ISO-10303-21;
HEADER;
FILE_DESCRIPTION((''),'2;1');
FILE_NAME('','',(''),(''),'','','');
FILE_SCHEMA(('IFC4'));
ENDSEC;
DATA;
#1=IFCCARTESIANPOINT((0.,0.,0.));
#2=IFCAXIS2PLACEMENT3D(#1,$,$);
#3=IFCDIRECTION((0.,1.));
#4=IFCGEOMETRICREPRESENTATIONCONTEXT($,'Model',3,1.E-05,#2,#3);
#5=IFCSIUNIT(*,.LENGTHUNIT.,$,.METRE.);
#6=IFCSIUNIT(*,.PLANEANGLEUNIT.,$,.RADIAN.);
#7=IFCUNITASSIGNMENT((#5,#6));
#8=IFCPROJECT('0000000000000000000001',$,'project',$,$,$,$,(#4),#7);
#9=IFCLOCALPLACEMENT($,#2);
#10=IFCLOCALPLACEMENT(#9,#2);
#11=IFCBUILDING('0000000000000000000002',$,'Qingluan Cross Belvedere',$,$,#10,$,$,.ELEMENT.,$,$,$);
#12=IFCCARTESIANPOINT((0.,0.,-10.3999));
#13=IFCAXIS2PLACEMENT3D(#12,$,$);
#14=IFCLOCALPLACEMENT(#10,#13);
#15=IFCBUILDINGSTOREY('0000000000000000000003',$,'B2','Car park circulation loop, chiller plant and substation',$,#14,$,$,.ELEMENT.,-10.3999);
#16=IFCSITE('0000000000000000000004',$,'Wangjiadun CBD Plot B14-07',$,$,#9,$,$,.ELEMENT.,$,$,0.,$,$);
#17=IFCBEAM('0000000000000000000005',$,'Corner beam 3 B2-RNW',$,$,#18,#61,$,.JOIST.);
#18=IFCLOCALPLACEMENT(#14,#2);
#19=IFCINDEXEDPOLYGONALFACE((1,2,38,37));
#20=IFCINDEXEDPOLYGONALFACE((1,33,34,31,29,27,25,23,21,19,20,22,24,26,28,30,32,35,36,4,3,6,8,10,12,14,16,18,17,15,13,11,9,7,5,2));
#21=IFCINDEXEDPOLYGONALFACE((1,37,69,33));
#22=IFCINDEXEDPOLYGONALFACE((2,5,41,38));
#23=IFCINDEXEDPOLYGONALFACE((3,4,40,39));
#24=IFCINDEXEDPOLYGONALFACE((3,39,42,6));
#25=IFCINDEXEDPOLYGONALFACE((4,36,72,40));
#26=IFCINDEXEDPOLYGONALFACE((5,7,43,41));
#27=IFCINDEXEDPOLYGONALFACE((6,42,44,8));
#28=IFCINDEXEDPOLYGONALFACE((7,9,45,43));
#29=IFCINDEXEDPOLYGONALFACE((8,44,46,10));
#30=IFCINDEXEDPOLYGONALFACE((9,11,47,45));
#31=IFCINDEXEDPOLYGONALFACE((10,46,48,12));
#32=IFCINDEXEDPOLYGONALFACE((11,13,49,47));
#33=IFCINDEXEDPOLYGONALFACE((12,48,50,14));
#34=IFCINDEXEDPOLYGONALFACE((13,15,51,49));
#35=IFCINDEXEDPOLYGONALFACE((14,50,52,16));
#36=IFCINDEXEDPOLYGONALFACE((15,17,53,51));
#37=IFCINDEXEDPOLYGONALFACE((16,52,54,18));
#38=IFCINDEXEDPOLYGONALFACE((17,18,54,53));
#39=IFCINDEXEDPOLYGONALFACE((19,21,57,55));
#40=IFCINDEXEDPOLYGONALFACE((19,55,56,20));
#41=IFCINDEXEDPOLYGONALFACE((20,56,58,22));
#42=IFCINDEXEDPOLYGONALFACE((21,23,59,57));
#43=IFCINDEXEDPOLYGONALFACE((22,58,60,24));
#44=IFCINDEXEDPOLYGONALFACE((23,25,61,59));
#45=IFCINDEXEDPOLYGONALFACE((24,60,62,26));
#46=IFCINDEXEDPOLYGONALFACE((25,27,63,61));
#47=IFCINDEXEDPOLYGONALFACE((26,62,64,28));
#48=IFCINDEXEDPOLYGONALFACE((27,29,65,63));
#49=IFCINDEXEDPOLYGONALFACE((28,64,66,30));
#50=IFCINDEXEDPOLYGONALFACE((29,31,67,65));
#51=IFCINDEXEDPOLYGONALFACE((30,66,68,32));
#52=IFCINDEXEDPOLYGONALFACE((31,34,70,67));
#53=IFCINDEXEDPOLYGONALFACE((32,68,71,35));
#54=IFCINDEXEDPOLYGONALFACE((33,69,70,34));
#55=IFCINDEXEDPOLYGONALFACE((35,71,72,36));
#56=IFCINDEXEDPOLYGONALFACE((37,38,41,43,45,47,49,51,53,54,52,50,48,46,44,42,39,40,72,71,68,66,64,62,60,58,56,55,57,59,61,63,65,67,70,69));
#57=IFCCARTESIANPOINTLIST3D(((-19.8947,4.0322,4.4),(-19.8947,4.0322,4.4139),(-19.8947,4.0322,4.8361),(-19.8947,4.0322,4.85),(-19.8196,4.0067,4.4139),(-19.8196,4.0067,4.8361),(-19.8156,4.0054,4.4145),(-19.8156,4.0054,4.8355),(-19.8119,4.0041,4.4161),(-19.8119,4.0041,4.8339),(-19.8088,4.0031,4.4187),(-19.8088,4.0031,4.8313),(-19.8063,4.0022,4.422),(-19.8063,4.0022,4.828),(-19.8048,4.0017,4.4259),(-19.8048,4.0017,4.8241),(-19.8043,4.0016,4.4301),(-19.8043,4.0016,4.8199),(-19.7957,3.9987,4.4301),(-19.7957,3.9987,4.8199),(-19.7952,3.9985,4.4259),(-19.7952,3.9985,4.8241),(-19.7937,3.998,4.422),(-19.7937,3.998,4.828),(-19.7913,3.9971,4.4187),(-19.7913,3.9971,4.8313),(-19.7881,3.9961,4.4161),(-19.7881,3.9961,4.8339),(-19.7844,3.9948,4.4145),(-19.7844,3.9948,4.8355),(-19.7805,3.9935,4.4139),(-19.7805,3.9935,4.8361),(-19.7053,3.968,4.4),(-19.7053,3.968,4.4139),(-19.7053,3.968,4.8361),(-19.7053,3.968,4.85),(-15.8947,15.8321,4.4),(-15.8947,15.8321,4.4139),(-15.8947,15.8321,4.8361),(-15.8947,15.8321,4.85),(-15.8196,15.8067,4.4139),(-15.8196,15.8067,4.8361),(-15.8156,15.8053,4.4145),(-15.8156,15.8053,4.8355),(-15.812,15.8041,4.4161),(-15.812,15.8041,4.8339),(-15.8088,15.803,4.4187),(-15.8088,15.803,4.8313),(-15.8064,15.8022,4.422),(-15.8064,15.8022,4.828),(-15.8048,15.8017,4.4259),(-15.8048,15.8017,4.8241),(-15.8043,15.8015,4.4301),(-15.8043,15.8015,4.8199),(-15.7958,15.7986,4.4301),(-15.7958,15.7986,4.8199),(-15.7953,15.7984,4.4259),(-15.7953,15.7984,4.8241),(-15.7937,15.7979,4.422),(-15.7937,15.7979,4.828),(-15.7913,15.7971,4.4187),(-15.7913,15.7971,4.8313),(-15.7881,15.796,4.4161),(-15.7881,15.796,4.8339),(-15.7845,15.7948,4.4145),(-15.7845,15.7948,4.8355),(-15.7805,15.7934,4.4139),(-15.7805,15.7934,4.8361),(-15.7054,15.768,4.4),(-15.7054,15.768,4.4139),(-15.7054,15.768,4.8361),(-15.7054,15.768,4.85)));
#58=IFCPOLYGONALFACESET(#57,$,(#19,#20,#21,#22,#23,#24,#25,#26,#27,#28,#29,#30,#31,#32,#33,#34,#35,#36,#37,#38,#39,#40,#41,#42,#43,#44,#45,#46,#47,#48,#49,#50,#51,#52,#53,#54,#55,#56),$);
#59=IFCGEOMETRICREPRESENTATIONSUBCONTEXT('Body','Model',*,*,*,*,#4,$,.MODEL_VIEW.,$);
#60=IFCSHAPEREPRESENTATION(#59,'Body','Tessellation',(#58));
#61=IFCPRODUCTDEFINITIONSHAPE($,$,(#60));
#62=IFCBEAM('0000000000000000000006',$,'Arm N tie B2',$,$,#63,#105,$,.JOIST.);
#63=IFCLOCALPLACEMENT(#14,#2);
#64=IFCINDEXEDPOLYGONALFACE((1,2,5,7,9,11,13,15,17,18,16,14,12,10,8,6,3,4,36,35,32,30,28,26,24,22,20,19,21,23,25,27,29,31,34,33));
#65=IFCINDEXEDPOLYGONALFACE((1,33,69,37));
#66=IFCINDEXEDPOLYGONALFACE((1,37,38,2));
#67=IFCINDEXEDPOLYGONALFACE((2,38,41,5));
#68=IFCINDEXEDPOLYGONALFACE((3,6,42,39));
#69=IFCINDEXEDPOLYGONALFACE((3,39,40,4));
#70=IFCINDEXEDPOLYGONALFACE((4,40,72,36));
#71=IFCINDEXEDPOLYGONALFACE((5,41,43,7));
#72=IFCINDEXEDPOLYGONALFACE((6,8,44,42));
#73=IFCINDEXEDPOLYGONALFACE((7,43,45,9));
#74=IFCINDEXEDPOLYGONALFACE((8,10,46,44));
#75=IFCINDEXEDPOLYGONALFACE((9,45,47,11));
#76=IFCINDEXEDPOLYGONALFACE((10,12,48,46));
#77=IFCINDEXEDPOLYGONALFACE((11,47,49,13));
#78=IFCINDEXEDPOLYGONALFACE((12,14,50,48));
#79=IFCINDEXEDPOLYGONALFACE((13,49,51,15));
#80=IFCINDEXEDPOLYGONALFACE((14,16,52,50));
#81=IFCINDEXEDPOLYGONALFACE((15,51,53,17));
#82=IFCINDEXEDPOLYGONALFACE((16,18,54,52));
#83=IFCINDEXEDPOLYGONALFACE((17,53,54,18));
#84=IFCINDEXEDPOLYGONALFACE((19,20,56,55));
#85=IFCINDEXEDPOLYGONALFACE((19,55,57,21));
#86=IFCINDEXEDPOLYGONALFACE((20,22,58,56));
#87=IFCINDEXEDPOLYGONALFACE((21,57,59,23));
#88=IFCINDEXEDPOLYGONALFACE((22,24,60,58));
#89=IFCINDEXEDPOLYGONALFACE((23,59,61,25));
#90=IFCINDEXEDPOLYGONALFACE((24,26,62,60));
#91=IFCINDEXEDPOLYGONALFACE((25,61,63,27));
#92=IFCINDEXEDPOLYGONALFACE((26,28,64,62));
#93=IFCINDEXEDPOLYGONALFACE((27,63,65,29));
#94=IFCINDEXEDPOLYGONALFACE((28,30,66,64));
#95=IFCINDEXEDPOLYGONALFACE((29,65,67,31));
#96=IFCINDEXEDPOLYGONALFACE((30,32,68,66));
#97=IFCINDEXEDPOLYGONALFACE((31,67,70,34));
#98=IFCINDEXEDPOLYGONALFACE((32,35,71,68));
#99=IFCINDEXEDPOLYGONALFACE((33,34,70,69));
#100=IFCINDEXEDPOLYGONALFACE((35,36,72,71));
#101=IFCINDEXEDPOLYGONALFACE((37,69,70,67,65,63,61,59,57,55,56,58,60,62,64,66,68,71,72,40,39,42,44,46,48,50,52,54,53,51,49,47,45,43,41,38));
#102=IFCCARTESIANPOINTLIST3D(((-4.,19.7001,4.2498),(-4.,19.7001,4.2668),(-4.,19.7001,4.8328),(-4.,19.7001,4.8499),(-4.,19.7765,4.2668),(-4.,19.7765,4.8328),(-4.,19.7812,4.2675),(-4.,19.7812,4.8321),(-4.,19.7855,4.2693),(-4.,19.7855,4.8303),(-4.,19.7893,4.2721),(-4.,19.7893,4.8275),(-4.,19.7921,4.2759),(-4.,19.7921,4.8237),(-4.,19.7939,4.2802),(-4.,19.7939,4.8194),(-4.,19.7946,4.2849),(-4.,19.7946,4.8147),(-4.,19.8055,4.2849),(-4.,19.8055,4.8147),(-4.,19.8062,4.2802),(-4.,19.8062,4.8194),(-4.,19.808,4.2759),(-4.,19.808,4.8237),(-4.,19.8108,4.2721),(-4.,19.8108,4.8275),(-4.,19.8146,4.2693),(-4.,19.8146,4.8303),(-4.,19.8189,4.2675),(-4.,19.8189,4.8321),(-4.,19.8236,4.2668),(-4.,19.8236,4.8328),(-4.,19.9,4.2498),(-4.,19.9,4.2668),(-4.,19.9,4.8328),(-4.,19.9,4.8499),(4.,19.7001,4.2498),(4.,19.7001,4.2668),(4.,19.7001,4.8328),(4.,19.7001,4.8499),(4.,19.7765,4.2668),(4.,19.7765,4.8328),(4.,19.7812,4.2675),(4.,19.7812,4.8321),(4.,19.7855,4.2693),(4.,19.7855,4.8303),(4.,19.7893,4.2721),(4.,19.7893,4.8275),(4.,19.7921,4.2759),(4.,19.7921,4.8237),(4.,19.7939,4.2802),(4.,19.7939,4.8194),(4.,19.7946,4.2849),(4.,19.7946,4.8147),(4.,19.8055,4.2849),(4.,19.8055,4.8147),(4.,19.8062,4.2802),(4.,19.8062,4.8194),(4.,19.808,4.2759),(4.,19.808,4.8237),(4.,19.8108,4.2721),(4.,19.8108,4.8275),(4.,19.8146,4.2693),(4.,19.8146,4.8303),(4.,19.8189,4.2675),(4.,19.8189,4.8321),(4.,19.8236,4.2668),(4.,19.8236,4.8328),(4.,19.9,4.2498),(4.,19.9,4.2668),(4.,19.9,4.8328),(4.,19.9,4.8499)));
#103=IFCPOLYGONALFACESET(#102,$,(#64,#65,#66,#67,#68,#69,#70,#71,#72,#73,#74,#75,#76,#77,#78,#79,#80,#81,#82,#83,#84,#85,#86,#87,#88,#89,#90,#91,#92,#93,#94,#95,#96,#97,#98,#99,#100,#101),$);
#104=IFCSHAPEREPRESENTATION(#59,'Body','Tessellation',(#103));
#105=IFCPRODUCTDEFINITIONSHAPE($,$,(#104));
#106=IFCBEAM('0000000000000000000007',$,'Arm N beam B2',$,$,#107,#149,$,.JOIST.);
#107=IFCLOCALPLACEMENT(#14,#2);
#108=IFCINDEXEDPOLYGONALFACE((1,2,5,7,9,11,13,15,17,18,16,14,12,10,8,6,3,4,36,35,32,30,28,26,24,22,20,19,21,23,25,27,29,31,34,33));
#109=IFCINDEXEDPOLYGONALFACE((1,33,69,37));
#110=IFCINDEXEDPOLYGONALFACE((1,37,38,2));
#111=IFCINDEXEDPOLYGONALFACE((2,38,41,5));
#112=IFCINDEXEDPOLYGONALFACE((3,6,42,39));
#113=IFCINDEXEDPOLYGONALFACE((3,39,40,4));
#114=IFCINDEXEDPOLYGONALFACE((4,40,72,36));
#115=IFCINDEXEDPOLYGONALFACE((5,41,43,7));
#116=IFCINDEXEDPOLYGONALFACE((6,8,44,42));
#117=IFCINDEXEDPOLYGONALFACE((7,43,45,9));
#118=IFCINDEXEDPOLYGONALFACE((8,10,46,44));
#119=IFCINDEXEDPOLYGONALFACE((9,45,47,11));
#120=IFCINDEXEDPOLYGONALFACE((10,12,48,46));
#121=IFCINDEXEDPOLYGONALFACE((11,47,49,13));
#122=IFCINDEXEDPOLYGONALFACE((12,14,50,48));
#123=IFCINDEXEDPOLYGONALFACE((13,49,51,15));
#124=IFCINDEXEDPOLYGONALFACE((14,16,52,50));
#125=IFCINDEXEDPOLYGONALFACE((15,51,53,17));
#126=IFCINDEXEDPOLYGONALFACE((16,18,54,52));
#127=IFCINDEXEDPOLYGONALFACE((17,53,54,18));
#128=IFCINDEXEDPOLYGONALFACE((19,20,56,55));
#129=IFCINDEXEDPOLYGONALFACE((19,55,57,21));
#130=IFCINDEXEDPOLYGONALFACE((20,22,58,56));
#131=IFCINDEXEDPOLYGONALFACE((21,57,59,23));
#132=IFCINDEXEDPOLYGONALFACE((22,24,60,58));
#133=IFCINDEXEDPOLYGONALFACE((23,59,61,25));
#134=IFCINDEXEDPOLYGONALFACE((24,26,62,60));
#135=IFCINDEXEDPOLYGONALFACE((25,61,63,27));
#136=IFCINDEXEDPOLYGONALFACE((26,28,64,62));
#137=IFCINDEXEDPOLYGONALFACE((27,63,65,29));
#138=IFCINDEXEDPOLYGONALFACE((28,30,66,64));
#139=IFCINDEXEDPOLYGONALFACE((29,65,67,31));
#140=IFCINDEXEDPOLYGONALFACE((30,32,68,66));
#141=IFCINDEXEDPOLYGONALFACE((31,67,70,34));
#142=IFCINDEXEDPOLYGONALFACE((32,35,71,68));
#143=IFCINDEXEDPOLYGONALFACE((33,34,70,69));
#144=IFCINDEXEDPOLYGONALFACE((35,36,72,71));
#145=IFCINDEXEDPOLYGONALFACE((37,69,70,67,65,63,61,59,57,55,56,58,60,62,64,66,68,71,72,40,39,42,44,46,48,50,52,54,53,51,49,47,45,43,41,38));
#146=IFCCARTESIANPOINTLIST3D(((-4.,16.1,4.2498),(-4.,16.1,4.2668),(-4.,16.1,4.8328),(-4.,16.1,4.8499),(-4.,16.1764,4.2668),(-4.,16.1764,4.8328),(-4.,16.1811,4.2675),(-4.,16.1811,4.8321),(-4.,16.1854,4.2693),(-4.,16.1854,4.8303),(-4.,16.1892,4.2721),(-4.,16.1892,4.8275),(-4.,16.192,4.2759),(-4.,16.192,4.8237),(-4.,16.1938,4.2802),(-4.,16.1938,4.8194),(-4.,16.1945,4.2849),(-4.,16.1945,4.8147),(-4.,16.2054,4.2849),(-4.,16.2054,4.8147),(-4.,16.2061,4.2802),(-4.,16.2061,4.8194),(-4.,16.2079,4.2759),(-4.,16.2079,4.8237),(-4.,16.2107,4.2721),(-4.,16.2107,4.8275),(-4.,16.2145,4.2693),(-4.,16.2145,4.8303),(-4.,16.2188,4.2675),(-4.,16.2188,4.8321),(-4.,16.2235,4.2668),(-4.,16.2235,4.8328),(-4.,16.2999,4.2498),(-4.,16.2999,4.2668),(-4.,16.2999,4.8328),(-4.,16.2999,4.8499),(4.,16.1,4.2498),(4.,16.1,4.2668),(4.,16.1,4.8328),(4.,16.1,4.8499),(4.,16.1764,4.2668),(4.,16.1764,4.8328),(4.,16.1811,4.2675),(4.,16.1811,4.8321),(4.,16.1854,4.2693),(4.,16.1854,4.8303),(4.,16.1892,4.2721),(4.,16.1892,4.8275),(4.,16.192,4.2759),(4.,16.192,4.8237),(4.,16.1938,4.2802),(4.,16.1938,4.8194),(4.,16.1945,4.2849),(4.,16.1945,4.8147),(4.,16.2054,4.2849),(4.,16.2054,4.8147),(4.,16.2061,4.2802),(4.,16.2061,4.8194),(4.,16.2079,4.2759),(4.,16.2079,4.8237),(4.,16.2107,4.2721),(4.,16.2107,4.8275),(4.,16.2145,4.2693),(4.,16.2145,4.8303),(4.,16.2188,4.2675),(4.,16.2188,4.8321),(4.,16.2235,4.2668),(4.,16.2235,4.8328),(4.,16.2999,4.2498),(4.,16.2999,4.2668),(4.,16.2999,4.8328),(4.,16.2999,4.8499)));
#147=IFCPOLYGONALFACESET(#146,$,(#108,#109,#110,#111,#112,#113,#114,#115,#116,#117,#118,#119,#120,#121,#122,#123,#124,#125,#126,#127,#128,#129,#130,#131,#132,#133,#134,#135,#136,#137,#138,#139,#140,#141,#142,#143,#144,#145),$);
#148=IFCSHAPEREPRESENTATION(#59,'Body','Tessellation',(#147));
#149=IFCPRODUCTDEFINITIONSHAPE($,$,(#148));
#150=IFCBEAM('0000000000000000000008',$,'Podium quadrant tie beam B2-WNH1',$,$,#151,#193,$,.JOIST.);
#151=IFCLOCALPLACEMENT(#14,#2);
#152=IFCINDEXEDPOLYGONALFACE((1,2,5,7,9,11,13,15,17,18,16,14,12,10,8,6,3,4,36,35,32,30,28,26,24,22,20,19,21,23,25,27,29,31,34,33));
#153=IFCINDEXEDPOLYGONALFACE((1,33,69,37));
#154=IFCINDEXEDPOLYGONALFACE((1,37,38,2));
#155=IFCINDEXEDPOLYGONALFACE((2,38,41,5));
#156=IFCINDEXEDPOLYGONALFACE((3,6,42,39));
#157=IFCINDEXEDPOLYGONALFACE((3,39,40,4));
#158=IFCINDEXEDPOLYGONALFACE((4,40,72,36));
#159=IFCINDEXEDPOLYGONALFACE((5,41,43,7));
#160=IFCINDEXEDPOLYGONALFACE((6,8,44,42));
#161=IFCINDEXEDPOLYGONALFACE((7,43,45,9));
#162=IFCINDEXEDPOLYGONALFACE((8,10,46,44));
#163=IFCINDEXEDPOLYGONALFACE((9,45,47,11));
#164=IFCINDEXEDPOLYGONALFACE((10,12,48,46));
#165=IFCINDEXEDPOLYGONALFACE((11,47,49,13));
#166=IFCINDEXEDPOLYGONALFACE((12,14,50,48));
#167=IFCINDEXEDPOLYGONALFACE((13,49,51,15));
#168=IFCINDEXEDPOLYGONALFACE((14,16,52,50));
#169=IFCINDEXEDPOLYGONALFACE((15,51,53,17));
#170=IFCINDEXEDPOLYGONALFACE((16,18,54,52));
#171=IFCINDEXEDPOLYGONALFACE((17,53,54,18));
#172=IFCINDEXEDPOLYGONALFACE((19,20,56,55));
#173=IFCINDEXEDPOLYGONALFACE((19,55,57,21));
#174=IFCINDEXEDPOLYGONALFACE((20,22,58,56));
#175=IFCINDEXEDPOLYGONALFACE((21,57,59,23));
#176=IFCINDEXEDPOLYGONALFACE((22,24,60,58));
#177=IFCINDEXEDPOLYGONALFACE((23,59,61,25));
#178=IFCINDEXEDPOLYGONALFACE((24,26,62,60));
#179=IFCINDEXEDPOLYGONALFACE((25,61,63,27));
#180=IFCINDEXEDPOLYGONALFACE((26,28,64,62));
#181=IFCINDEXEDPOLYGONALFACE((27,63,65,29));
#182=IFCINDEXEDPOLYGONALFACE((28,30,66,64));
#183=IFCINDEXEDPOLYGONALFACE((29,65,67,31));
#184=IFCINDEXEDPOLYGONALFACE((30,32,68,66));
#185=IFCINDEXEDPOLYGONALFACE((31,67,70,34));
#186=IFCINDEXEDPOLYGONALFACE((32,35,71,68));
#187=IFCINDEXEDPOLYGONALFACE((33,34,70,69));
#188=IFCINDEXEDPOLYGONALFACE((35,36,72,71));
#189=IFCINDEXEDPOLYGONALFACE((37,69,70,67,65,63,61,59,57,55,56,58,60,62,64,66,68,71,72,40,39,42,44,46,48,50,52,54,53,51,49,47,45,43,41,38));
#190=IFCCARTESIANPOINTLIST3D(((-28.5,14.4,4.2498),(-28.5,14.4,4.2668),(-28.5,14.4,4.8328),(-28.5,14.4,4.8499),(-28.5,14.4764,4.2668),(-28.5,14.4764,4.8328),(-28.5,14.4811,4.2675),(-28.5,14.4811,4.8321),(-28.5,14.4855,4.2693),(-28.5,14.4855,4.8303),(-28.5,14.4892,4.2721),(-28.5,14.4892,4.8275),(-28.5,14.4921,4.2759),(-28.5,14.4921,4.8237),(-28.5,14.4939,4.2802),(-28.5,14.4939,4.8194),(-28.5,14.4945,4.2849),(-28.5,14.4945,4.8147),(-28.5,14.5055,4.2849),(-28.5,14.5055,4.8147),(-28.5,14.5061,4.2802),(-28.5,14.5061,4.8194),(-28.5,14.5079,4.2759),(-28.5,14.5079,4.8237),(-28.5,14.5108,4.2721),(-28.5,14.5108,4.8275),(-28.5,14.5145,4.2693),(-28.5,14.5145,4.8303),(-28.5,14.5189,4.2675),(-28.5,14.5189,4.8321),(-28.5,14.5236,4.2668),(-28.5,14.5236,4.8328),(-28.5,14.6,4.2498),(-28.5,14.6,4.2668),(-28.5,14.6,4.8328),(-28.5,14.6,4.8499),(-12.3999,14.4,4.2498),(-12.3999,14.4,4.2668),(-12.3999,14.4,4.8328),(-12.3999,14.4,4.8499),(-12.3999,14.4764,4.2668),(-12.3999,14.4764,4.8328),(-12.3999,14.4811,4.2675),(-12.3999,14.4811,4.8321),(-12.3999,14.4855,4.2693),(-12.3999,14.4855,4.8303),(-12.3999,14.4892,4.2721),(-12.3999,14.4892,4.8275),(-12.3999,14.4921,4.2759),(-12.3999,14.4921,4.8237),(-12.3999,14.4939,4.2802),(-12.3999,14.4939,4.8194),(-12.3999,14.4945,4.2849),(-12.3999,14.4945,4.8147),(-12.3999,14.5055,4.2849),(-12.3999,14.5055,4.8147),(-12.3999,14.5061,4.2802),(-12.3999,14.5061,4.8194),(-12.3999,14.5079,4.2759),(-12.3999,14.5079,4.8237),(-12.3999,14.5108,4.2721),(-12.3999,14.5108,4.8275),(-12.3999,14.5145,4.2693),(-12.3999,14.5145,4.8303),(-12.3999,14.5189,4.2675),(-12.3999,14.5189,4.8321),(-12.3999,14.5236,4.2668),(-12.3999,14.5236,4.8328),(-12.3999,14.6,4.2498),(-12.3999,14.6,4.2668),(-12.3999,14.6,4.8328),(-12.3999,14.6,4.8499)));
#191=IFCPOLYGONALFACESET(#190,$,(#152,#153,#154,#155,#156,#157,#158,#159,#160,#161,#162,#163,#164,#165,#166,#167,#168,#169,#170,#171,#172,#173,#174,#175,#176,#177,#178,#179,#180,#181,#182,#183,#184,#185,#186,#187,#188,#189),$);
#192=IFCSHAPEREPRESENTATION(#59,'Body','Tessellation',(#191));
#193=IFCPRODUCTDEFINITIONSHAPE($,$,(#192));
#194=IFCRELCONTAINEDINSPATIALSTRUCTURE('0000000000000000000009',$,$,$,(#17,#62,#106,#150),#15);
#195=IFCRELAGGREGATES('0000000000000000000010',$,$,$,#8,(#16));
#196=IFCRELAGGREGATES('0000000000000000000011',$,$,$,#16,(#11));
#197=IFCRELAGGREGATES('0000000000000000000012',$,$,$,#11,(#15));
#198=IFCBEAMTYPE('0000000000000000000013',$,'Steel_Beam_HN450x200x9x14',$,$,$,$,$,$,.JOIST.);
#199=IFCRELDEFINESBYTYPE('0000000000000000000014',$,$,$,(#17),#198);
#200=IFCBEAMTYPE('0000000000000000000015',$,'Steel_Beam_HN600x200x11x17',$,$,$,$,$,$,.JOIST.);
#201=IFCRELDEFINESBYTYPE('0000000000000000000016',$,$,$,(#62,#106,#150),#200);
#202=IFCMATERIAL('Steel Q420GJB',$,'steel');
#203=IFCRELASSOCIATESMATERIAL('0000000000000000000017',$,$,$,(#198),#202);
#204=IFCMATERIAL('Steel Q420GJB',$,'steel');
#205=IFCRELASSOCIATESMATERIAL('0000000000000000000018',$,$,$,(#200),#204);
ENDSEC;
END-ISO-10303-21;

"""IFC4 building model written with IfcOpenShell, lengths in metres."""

from ifc_helpers import new_model, si_unit, direction, frame, origin, origin_2d, place, context, subcontext, project, spatial, i_section, extrude, material, material_profile, profile_set, type_object, element, save


model = new_model("IFC4")

# Units and contexts
model_context = context("Model", 3, precision=1e-05, world=origin(), true_north=direction((0.0, 1.0)))
body_context = subcontext(model_context, "Body", "Model", "MODEL_VIEW")
ifc_project = project(units=[si_unit("LENGTHUNIT", "METRE"), si_unit("PLANEANGLEUNIT", "RADIAN")], contexts=[model_context])

# Site, building, storey
site_placement = place(None, origin())
site = spatial("IfcSite", under=ifc_project, at=site_placement, Name="Wangjiadun CBD Plot B14-07", CompositionType="ELEMENT", RefElevation=0.0)
building_placement = place(site_placement, origin())
building = spatial("IfcBuilding", under=site, at=building_placement, Name="Qingluan Cross Belvedere", CompositionType="ELEMENT")
storey_placement = place(building_placement, frame((0.0, 0.0, -10.3999)))
storey = spatial("IfcBuildingStorey", under=building, at=storey_placement, Name="B2", Description="Car park circulation loop, chiller plant and substation", CompositionType="ELEMENT", Elevation=-10.3999)

# Beams
ifc_material_1 = material(Name="Steel Q420GJB", Category="steel")
ifc_material_profile_1 = material_profile(ifc_material_1, i_section(OverallWidth=0.2, OverallDepth=0.45, WebThickness=0.009, FlangeThickness=0.0139, FilletRadius=0.0161, at=origin_2d()), Name="HN450x200x9x14")
ifc_profile_set_1 = profile_set([ifc_material_profile_1], Name="Steel Q420GJB")
beam_type_1 = type_object("IfcBeamType", Name="Steel_Beam_HN450x200x9x14", PredefinedType="JOIST", material=ifc_profile_set_1)
for number, where, z_axis, x_axis, name in (
    (1, (-15.8, 15.8, 4.625), (-0.321038, -0.947066, 0.0), (0.947066, -0.321038, 0.0), "Corner beam 3 B2-RNW"),
):
    element("IfcBeam", number, at=place(storey_placement, frame(where, z_axis=z_axis, x_axis=x_axis)), inside=storey, type_object=beam_type_1, Name=name, PredefinedType="JOIST", context=body_context, shape_type="SweptSolid", body=[
        extrude(i_section(OverallWidth=0.2, OverallDepth=0.45, WebThickness=0.009, FlangeThickness=0.0139, FilletRadius=0.0161, at=origin_2d()), origin(), (0.0, 0.0, 1.0), 12.4595),
    ])
ifc_material_2 = material(Name="Steel Q420GJB", Category="steel")
ifc_material_profile_2 = material_profile(ifc_material_2, i_section(OverallWidth=0.2, OverallDepth=0.6001, WebThickness=0.011, FlangeThickness=0.0171, FilletRadius=0.0181, at=origin_2d()), Name="HN600x200x11x17")
ifc_profile_set_2 = profile_set([ifc_material_profile_2], Name="Steel Q420GJB")
beam_type_2 = type_object("IfcBeamType", Name="Steel_Beam_HN600x200x11x17", PredefinedType="JOIST", material=ifc_profile_set_2)
for number, where, z_axis, x_axis, name in (
    (2, (-4.0, 19.8, 4.5498), (1.0, 0.0, 0.0), (0.0, 1.0, 0.0), "Arm N tie B2"),
    (3, (-4.0, 16.2, 4.5498), (1.0, 0.0, 0.0), (0.0, 1.0, 0.0), "Arm N beam B2"),
):
    element("IfcBeam", number, at=place(storey_placement, frame(where, z_axis=z_axis, x_axis=x_axis)), inside=storey, type_object=beam_type_2, Name=name, PredefinedType="JOIST", context=body_context, shape_type="SweptSolid", body=[
        extrude(i_section(OverallWidth=0.2, OverallDepth=0.6001, WebThickness=0.011, FlangeThickness=0.0171, FilletRadius=0.0181, at=origin_2d()), origin(), (0.0, 0.0, 1.0), 8.0),
    ])
beam_1_placement = place(storey_placement, frame((-12.3999, 14.5, 4.5498), z_axis=(-1.0, 0.0, 0.0), x_axis=(0.0, -1.0, 0.0)))
element("IfcBeam", 4, at=beam_1_placement, inside=storey, type_object=beam_type_2, Name="Podium quadrant tie beam B2-WNH1", PredefinedType="JOIST", context=body_context, shape_type="SweptSolid", body=[
    extrude(i_section(OverallWidth=0.2, OverallDepth=0.6001, WebThickness=0.011, FlangeThickness=0.0171, FilletRadius=0.0181, at=origin_2d()), origin(), (0.0, 0.0, 1.0), 16.1001),
])

save(model, "model.ifc")
